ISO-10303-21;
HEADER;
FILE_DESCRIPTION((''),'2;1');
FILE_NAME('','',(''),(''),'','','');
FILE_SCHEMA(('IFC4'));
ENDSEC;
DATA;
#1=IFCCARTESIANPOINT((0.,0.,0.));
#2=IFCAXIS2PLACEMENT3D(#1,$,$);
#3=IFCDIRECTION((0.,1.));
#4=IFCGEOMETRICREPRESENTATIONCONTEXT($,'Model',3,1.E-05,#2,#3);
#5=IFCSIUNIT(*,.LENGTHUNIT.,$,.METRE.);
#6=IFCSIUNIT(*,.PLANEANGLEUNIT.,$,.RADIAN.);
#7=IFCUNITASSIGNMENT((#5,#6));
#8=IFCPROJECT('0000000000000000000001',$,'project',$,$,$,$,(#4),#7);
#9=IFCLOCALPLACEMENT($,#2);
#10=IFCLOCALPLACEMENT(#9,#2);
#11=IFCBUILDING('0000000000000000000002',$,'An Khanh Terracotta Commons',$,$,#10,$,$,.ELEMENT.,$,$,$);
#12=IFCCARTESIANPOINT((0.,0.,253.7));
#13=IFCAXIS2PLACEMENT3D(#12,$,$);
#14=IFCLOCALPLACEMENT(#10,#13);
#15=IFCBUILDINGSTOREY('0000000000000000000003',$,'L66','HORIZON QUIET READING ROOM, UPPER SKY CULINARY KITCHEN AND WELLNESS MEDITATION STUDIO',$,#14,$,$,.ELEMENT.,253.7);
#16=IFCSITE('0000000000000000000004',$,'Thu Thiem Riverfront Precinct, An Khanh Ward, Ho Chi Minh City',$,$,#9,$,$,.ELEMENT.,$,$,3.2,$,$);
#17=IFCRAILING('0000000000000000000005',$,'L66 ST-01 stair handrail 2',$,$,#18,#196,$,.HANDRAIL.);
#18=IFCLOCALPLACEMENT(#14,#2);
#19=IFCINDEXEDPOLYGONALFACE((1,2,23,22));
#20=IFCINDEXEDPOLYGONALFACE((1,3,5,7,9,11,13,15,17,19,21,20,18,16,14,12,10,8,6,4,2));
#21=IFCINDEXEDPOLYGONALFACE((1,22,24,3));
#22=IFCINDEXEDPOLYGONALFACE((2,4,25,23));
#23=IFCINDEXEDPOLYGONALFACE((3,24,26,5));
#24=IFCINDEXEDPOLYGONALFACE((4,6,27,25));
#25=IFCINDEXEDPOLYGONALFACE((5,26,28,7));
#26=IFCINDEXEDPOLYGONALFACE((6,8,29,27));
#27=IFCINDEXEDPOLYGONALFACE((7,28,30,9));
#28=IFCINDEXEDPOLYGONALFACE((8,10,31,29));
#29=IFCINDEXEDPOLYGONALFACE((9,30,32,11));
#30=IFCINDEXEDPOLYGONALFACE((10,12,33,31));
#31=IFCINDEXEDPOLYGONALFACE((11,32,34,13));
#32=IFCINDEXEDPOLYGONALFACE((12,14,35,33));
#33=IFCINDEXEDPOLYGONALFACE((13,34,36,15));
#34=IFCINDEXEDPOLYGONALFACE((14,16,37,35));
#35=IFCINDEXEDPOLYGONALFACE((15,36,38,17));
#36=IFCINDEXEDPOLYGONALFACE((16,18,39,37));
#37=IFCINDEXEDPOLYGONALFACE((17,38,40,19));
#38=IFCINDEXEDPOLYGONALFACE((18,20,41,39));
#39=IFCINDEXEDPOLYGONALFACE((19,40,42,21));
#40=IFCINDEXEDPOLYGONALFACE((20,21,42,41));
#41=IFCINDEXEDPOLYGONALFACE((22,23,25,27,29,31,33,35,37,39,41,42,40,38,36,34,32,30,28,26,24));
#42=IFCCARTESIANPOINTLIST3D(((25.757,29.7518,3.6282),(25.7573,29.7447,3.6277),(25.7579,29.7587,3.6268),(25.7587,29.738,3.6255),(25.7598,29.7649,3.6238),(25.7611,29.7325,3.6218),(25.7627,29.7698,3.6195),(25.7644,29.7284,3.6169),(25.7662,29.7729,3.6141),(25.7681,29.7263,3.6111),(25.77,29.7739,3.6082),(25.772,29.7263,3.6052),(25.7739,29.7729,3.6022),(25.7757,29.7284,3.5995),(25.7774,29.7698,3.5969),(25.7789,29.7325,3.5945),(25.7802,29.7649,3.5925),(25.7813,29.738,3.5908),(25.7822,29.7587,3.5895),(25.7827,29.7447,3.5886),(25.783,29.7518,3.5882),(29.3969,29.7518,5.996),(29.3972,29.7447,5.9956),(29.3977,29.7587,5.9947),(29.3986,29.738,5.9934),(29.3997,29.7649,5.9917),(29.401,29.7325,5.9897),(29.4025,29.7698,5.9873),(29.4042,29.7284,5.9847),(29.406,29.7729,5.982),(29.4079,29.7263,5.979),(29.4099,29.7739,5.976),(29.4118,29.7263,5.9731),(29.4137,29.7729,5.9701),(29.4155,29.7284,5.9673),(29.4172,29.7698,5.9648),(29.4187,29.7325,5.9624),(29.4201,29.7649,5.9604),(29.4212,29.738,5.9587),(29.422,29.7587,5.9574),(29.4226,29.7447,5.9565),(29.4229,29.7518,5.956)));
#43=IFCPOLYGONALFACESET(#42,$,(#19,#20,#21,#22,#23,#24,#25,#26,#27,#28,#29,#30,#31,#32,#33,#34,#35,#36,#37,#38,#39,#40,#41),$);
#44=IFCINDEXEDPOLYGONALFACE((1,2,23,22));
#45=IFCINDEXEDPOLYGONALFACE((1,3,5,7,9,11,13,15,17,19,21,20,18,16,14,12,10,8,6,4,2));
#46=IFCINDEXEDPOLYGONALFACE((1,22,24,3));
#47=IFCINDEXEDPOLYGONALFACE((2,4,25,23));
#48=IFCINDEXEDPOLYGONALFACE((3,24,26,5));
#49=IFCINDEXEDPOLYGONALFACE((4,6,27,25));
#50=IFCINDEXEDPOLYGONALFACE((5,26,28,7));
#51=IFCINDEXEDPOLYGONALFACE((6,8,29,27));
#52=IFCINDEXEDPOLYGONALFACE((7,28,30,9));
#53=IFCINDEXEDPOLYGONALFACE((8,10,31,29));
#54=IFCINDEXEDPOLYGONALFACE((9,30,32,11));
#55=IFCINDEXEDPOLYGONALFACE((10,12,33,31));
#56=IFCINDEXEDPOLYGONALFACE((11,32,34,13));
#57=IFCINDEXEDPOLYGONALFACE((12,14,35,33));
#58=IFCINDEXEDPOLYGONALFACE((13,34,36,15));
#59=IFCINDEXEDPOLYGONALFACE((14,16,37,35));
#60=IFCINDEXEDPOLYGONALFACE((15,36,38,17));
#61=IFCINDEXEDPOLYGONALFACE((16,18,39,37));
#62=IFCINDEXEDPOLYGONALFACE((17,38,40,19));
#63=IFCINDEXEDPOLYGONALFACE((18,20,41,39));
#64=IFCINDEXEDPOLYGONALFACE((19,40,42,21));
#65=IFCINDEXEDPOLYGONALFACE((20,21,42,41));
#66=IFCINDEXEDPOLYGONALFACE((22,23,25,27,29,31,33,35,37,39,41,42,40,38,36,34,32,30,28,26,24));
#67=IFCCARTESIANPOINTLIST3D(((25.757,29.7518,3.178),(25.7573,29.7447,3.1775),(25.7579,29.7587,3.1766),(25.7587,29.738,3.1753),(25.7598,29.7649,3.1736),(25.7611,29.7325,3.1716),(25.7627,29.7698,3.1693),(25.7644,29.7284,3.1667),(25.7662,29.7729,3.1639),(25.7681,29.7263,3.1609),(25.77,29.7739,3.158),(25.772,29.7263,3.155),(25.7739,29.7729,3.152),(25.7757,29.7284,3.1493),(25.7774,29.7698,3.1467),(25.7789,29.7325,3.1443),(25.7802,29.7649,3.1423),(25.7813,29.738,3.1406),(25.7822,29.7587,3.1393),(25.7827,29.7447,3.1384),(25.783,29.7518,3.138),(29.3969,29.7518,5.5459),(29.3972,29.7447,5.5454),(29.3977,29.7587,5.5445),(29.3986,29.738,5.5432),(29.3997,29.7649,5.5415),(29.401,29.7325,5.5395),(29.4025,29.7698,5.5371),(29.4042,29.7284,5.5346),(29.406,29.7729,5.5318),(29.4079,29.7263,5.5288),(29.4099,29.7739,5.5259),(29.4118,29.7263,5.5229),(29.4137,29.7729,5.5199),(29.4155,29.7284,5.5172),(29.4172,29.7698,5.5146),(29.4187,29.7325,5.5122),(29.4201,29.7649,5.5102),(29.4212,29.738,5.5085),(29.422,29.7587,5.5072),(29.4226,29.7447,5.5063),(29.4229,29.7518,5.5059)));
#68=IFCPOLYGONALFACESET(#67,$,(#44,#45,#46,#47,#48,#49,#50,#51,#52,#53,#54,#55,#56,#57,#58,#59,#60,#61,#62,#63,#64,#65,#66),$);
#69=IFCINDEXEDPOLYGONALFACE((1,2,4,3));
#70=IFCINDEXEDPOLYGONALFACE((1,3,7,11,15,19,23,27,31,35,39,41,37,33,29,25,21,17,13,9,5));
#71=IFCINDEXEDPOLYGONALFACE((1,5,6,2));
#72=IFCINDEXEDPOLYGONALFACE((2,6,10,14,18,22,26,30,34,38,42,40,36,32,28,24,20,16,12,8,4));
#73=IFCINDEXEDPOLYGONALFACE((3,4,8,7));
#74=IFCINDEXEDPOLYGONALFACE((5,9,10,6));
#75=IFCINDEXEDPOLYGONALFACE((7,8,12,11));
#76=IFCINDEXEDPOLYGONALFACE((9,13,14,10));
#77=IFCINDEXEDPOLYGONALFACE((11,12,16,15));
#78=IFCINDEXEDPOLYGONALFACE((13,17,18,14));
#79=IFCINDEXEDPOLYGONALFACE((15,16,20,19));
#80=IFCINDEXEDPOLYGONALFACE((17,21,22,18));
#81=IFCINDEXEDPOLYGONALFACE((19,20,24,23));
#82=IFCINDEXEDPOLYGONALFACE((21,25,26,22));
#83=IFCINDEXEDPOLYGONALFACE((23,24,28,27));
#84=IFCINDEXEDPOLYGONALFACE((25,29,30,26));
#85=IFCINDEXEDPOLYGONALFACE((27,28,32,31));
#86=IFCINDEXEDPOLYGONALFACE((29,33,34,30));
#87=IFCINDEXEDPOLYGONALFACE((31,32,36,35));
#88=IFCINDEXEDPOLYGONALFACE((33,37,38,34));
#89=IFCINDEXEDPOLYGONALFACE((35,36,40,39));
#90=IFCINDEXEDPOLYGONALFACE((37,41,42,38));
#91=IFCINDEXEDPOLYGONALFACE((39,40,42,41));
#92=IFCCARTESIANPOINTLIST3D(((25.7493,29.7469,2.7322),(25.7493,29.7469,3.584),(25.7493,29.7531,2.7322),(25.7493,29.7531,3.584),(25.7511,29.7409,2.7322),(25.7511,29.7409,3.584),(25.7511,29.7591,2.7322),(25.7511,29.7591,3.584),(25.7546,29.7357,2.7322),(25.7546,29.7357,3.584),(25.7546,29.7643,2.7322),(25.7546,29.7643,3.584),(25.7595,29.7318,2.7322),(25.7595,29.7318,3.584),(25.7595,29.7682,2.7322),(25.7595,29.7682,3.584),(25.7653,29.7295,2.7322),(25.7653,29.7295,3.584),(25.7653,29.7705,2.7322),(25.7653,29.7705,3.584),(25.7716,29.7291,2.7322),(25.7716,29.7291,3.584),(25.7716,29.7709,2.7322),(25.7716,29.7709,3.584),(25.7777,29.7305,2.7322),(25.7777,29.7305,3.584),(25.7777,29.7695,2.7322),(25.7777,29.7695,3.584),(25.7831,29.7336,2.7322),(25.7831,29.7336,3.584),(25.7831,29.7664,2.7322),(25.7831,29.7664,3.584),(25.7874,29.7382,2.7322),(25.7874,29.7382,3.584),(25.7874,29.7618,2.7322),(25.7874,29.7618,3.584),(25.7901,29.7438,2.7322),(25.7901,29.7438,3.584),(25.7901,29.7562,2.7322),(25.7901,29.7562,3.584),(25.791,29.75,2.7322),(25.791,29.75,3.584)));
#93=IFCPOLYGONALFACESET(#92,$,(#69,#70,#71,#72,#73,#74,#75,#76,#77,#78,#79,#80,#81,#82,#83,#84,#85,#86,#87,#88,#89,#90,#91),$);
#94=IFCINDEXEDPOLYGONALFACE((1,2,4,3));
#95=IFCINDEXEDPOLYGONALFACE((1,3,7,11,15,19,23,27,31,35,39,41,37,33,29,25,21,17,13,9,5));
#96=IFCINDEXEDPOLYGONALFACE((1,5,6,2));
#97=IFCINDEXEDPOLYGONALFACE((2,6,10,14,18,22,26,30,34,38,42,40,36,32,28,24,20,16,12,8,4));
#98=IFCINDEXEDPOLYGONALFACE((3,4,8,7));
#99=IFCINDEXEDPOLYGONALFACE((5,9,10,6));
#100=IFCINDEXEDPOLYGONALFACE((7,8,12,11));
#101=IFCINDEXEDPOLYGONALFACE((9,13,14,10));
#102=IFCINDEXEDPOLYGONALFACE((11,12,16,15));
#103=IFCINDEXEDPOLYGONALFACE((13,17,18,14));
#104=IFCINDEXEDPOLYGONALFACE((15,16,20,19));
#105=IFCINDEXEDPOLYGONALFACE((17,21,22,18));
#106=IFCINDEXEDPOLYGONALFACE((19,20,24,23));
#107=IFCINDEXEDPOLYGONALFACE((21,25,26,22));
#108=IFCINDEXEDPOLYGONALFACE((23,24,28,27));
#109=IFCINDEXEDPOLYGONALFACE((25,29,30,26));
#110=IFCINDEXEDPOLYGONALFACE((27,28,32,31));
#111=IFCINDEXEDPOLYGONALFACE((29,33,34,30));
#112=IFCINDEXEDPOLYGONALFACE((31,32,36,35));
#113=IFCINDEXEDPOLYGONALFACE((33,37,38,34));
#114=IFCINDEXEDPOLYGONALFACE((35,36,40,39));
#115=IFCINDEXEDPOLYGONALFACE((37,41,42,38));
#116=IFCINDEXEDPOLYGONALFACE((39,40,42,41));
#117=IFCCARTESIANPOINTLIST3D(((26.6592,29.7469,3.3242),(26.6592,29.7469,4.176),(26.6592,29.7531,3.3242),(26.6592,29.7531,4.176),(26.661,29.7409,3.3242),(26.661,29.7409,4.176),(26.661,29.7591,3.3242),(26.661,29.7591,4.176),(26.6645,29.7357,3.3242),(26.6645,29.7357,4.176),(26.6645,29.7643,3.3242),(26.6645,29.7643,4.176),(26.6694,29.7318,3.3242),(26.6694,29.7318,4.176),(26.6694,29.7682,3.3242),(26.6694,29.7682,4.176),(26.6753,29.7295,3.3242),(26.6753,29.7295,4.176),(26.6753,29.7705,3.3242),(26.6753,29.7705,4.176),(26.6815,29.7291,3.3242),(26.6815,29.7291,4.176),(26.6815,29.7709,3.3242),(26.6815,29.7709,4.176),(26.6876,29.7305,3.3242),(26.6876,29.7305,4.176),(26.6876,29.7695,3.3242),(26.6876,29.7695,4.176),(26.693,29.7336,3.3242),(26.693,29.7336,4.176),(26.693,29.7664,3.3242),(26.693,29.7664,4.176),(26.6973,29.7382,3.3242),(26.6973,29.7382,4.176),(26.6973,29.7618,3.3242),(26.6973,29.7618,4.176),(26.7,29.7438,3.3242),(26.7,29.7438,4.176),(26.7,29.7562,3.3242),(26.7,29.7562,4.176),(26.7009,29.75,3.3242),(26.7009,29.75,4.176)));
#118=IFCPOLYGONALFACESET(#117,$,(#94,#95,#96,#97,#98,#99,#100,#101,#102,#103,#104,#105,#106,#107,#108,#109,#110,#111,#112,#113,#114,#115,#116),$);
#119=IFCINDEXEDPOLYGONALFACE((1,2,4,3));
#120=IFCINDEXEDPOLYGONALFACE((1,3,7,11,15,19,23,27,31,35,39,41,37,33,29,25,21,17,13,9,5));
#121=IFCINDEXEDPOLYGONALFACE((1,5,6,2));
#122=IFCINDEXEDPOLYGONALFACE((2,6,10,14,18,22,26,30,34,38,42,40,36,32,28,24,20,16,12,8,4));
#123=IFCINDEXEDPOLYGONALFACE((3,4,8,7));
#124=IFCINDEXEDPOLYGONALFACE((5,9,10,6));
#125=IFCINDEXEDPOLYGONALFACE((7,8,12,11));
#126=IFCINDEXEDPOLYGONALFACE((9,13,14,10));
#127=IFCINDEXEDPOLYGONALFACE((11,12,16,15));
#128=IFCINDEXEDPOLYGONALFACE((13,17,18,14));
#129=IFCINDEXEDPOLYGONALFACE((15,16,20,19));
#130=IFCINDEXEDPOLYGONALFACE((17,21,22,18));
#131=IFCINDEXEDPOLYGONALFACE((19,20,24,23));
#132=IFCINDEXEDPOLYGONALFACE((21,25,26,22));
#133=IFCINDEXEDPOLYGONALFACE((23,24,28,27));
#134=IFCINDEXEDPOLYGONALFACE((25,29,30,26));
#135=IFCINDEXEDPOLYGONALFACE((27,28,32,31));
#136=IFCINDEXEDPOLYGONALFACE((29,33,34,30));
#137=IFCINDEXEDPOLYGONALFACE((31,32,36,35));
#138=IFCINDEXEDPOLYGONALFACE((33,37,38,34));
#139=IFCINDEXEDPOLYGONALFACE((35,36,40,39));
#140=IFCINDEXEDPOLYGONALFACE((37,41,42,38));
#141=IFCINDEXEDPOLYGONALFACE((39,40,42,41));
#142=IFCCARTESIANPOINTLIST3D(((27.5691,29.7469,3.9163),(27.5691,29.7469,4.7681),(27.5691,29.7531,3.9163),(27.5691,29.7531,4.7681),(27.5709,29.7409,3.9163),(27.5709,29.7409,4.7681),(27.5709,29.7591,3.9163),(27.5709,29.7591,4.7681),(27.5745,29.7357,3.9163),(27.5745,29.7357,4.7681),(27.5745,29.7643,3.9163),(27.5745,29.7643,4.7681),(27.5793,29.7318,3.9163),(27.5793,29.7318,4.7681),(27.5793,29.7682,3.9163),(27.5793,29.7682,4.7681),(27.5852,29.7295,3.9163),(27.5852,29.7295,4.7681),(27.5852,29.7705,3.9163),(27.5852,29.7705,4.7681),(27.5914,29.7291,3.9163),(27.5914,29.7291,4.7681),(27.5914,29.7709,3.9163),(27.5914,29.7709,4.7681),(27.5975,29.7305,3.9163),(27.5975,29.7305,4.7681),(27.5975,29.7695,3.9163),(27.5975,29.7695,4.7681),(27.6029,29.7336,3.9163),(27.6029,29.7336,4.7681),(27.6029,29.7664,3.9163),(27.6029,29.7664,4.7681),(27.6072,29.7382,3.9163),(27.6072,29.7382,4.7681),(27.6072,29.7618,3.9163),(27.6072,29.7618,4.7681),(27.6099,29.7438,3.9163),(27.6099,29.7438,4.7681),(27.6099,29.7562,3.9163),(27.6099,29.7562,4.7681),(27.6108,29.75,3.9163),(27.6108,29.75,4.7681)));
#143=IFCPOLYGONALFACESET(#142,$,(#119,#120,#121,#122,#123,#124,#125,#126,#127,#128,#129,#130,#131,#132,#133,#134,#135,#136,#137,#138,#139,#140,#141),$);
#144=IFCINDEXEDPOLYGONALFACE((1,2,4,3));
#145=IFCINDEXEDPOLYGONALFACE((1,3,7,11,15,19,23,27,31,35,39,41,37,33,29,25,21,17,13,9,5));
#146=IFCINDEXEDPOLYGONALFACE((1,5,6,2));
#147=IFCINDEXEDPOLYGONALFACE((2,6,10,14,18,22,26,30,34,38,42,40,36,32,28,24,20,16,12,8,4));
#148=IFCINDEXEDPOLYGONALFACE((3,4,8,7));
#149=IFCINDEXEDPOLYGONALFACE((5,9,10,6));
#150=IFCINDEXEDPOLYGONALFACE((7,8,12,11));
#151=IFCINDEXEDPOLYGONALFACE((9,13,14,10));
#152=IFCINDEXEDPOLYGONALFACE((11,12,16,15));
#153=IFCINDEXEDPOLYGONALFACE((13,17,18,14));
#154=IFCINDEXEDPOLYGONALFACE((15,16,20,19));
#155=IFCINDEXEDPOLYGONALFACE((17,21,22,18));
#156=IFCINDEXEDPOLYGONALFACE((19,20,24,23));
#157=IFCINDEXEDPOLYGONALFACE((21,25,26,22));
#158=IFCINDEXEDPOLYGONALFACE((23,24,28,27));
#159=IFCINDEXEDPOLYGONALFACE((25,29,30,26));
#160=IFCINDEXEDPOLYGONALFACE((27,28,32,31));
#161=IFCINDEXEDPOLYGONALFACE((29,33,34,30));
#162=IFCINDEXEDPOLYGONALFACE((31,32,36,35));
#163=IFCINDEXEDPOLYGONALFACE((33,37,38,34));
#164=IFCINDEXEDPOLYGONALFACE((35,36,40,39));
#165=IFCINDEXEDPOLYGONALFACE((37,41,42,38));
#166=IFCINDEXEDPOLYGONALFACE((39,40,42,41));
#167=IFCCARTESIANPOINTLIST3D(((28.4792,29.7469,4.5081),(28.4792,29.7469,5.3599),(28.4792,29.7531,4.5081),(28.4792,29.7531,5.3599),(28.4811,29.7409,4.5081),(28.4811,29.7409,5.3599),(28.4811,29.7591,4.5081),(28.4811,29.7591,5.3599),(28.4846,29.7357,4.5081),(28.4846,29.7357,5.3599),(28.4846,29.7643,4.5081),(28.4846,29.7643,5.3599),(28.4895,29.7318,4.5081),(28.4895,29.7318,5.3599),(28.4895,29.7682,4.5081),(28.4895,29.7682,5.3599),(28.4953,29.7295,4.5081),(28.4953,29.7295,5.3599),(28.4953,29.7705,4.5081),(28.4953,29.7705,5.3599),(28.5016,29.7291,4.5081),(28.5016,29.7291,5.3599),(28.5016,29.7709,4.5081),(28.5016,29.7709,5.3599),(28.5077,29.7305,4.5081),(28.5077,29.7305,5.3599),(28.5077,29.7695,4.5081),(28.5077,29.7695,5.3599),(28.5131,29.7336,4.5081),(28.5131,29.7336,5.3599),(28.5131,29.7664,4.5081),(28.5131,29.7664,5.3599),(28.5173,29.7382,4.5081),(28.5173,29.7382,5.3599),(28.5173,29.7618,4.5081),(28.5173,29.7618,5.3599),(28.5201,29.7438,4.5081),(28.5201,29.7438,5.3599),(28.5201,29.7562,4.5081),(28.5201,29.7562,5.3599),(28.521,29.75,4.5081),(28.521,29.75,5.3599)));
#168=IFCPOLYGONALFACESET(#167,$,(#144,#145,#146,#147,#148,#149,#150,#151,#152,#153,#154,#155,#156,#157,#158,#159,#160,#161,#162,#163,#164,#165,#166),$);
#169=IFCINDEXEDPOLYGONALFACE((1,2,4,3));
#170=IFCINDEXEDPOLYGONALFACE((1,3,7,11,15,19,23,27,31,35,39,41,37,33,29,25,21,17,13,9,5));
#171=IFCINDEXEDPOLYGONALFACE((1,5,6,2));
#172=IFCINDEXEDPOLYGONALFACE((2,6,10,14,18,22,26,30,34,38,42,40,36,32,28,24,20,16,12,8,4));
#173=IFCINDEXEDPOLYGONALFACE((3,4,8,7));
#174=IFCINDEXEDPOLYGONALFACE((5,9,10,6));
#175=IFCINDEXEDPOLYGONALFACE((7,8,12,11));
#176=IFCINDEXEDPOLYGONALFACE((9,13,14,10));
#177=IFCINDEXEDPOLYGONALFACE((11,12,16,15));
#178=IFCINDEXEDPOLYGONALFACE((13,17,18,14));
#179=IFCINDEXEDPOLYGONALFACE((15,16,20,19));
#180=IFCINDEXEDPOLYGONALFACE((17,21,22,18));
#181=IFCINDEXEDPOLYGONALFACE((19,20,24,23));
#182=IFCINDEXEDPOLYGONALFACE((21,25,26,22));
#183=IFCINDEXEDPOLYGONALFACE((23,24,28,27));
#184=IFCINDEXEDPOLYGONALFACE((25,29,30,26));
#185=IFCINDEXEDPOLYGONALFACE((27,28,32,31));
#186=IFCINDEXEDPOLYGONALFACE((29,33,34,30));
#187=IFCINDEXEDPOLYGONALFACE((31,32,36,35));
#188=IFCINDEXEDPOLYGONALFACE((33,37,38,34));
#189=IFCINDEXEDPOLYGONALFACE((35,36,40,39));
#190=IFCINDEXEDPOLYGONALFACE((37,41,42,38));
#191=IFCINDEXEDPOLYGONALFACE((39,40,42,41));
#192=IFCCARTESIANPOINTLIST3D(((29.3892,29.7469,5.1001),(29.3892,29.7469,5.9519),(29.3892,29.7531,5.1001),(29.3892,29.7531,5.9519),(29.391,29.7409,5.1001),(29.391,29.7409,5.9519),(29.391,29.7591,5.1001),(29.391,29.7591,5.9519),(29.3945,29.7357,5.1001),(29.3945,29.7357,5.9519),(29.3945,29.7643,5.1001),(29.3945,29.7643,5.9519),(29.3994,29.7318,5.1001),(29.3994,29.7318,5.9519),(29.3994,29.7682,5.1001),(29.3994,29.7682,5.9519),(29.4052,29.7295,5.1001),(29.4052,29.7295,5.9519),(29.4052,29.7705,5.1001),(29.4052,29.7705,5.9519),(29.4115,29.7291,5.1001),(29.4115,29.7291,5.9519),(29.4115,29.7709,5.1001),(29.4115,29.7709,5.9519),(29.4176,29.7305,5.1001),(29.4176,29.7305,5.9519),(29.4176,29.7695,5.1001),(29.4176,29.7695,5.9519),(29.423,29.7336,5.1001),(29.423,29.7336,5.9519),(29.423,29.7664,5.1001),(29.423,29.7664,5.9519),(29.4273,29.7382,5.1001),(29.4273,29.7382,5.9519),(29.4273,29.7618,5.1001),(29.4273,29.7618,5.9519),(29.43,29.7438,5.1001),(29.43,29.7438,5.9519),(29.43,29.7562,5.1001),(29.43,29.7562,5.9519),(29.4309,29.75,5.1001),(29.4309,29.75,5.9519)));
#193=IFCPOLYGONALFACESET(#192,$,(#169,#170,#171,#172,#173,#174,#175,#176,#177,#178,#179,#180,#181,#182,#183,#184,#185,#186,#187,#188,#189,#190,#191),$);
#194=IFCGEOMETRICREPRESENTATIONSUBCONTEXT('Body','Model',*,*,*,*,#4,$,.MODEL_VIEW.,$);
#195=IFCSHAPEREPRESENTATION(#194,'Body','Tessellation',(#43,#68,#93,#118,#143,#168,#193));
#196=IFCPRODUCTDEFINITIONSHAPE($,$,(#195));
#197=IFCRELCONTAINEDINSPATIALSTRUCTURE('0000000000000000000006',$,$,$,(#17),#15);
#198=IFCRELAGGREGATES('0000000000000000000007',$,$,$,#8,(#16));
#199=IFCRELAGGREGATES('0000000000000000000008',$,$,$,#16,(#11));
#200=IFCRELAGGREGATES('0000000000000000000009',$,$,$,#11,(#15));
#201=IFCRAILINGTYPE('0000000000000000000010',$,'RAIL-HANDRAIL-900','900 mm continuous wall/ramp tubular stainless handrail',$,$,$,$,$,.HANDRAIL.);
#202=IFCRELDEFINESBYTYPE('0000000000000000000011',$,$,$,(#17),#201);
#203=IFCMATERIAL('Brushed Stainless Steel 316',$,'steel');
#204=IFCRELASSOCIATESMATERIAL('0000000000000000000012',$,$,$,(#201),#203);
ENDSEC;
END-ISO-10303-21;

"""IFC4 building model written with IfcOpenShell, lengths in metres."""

from ifc_helpers import new_model, si_unit, direction, frame, origin, origin_2d, place, context, subcontext, project, spatial, circle, extrude, material, type_object, element, save


model = new_model("IFC4")

# Units and contexts
model_context = context("Model", 3, precision=1e-05, world=origin(), true_north=direction((0.0, 1.0)))
body_context = subcontext(model_context, "Body", "Model", "MODEL_VIEW")
ifc_project = project(units=[si_unit("LENGTHUNIT", "METRE"), si_unit("PLANEANGLEUNIT", "RADIAN")], contexts=[model_context])

# Site, building, storey
site_placement = place(None, origin())
site = spatial("IfcSite", under=ifc_project, at=site_placement, Name="Thu Thiem Riverfront Precinct, An Khanh Ward, Ho Chi Minh City", CompositionType="ELEMENT", RefElevation=3.2)
building_placement = place(site_placement, origin())
building = spatial("IfcBuilding", under=site, at=building_placement, Name="An Khanh Terracotta Commons", CompositionType="ELEMENT")
storey_placement = place(building_placement, frame((0.0, 0.0, 253.7)))
storey = spatial("IfcBuildingStorey", under=building, at=storey_placement, Name="L66", Description="HORIZON QUIET READING ROOM, UPPER SKY CULINARY KITCHEN AND WELLNESS MEDITATION STUDIO", CompositionType="ELEMENT", Elevation=253.7)

# Railing
ifc_material_1 = material(Name="Brushed Stainless Steel 316", Category="steel")
railing_type_1 = type_object("IfcRailingType", Name="RAIL-HANDRAIL-900", Description="900 mm continuous wall/ramp tubular stainless handrail", PredefinedType="HANDRAIL", material=ifc_material_1)
railing_1_placement = place(storey_placement, frame((25.77, 29.75, 2.7322)))
element("IfcRailing", 1, at=railing_1_placement, inside=storey, type_object=railing_type_1, Name="L66 ST-01 stair handrail 2", PredefinedType="HANDRAIL", context=body_context, shape_type="SweptSolid", body=[
    extrude(circle(Radius=0.0239, at=origin_2d()), frame((0.0, 0.0, 0.876), z_axis=(0.838234, 0.0, 0.54531), x_axis=(0.0, 1.0, 0.0)), (0.0, 0.0, 1.0), 4.3423),
    extrude(circle(Radius=0.0239, at=origin_2d()), frame((0.0, 0.0, 0.4258), z_axis=(0.838234, 0.0, 0.54531), x_axis=(0.0, 1.0, 0.0)), (0.0, 0.0, 1.0), 4.3423),
    extrude(circle(Radius=0.021, at=origin_2d()), origin(), (0.0, 0.0, 1.0), 0.8518),
    extrude(circle(Radius=0.021, at=origin_2d()), frame((0.9099, 0.0, 0.592)), (0.0, 0.0, 1.0), 0.8518),
    extrude(circle(Radius=0.021, at=origin_2d()), frame((1.8198, 0.0, 1.1841)), (0.0, 0.0, 1.0), 0.8518),
    extrude(circle(Radius=0.021, at=origin_2d()), frame((2.73, 0.0, 1.7759)), (0.0, 0.0, 1.0), 0.8518),
    extrude(circle(Radius=0.021, at=origin_2d()), frame((3.6399, 0.0, 2.3679)), (0.0, 0.0, 1.0), 0.8518),
])

save(model, "model.ifc")
